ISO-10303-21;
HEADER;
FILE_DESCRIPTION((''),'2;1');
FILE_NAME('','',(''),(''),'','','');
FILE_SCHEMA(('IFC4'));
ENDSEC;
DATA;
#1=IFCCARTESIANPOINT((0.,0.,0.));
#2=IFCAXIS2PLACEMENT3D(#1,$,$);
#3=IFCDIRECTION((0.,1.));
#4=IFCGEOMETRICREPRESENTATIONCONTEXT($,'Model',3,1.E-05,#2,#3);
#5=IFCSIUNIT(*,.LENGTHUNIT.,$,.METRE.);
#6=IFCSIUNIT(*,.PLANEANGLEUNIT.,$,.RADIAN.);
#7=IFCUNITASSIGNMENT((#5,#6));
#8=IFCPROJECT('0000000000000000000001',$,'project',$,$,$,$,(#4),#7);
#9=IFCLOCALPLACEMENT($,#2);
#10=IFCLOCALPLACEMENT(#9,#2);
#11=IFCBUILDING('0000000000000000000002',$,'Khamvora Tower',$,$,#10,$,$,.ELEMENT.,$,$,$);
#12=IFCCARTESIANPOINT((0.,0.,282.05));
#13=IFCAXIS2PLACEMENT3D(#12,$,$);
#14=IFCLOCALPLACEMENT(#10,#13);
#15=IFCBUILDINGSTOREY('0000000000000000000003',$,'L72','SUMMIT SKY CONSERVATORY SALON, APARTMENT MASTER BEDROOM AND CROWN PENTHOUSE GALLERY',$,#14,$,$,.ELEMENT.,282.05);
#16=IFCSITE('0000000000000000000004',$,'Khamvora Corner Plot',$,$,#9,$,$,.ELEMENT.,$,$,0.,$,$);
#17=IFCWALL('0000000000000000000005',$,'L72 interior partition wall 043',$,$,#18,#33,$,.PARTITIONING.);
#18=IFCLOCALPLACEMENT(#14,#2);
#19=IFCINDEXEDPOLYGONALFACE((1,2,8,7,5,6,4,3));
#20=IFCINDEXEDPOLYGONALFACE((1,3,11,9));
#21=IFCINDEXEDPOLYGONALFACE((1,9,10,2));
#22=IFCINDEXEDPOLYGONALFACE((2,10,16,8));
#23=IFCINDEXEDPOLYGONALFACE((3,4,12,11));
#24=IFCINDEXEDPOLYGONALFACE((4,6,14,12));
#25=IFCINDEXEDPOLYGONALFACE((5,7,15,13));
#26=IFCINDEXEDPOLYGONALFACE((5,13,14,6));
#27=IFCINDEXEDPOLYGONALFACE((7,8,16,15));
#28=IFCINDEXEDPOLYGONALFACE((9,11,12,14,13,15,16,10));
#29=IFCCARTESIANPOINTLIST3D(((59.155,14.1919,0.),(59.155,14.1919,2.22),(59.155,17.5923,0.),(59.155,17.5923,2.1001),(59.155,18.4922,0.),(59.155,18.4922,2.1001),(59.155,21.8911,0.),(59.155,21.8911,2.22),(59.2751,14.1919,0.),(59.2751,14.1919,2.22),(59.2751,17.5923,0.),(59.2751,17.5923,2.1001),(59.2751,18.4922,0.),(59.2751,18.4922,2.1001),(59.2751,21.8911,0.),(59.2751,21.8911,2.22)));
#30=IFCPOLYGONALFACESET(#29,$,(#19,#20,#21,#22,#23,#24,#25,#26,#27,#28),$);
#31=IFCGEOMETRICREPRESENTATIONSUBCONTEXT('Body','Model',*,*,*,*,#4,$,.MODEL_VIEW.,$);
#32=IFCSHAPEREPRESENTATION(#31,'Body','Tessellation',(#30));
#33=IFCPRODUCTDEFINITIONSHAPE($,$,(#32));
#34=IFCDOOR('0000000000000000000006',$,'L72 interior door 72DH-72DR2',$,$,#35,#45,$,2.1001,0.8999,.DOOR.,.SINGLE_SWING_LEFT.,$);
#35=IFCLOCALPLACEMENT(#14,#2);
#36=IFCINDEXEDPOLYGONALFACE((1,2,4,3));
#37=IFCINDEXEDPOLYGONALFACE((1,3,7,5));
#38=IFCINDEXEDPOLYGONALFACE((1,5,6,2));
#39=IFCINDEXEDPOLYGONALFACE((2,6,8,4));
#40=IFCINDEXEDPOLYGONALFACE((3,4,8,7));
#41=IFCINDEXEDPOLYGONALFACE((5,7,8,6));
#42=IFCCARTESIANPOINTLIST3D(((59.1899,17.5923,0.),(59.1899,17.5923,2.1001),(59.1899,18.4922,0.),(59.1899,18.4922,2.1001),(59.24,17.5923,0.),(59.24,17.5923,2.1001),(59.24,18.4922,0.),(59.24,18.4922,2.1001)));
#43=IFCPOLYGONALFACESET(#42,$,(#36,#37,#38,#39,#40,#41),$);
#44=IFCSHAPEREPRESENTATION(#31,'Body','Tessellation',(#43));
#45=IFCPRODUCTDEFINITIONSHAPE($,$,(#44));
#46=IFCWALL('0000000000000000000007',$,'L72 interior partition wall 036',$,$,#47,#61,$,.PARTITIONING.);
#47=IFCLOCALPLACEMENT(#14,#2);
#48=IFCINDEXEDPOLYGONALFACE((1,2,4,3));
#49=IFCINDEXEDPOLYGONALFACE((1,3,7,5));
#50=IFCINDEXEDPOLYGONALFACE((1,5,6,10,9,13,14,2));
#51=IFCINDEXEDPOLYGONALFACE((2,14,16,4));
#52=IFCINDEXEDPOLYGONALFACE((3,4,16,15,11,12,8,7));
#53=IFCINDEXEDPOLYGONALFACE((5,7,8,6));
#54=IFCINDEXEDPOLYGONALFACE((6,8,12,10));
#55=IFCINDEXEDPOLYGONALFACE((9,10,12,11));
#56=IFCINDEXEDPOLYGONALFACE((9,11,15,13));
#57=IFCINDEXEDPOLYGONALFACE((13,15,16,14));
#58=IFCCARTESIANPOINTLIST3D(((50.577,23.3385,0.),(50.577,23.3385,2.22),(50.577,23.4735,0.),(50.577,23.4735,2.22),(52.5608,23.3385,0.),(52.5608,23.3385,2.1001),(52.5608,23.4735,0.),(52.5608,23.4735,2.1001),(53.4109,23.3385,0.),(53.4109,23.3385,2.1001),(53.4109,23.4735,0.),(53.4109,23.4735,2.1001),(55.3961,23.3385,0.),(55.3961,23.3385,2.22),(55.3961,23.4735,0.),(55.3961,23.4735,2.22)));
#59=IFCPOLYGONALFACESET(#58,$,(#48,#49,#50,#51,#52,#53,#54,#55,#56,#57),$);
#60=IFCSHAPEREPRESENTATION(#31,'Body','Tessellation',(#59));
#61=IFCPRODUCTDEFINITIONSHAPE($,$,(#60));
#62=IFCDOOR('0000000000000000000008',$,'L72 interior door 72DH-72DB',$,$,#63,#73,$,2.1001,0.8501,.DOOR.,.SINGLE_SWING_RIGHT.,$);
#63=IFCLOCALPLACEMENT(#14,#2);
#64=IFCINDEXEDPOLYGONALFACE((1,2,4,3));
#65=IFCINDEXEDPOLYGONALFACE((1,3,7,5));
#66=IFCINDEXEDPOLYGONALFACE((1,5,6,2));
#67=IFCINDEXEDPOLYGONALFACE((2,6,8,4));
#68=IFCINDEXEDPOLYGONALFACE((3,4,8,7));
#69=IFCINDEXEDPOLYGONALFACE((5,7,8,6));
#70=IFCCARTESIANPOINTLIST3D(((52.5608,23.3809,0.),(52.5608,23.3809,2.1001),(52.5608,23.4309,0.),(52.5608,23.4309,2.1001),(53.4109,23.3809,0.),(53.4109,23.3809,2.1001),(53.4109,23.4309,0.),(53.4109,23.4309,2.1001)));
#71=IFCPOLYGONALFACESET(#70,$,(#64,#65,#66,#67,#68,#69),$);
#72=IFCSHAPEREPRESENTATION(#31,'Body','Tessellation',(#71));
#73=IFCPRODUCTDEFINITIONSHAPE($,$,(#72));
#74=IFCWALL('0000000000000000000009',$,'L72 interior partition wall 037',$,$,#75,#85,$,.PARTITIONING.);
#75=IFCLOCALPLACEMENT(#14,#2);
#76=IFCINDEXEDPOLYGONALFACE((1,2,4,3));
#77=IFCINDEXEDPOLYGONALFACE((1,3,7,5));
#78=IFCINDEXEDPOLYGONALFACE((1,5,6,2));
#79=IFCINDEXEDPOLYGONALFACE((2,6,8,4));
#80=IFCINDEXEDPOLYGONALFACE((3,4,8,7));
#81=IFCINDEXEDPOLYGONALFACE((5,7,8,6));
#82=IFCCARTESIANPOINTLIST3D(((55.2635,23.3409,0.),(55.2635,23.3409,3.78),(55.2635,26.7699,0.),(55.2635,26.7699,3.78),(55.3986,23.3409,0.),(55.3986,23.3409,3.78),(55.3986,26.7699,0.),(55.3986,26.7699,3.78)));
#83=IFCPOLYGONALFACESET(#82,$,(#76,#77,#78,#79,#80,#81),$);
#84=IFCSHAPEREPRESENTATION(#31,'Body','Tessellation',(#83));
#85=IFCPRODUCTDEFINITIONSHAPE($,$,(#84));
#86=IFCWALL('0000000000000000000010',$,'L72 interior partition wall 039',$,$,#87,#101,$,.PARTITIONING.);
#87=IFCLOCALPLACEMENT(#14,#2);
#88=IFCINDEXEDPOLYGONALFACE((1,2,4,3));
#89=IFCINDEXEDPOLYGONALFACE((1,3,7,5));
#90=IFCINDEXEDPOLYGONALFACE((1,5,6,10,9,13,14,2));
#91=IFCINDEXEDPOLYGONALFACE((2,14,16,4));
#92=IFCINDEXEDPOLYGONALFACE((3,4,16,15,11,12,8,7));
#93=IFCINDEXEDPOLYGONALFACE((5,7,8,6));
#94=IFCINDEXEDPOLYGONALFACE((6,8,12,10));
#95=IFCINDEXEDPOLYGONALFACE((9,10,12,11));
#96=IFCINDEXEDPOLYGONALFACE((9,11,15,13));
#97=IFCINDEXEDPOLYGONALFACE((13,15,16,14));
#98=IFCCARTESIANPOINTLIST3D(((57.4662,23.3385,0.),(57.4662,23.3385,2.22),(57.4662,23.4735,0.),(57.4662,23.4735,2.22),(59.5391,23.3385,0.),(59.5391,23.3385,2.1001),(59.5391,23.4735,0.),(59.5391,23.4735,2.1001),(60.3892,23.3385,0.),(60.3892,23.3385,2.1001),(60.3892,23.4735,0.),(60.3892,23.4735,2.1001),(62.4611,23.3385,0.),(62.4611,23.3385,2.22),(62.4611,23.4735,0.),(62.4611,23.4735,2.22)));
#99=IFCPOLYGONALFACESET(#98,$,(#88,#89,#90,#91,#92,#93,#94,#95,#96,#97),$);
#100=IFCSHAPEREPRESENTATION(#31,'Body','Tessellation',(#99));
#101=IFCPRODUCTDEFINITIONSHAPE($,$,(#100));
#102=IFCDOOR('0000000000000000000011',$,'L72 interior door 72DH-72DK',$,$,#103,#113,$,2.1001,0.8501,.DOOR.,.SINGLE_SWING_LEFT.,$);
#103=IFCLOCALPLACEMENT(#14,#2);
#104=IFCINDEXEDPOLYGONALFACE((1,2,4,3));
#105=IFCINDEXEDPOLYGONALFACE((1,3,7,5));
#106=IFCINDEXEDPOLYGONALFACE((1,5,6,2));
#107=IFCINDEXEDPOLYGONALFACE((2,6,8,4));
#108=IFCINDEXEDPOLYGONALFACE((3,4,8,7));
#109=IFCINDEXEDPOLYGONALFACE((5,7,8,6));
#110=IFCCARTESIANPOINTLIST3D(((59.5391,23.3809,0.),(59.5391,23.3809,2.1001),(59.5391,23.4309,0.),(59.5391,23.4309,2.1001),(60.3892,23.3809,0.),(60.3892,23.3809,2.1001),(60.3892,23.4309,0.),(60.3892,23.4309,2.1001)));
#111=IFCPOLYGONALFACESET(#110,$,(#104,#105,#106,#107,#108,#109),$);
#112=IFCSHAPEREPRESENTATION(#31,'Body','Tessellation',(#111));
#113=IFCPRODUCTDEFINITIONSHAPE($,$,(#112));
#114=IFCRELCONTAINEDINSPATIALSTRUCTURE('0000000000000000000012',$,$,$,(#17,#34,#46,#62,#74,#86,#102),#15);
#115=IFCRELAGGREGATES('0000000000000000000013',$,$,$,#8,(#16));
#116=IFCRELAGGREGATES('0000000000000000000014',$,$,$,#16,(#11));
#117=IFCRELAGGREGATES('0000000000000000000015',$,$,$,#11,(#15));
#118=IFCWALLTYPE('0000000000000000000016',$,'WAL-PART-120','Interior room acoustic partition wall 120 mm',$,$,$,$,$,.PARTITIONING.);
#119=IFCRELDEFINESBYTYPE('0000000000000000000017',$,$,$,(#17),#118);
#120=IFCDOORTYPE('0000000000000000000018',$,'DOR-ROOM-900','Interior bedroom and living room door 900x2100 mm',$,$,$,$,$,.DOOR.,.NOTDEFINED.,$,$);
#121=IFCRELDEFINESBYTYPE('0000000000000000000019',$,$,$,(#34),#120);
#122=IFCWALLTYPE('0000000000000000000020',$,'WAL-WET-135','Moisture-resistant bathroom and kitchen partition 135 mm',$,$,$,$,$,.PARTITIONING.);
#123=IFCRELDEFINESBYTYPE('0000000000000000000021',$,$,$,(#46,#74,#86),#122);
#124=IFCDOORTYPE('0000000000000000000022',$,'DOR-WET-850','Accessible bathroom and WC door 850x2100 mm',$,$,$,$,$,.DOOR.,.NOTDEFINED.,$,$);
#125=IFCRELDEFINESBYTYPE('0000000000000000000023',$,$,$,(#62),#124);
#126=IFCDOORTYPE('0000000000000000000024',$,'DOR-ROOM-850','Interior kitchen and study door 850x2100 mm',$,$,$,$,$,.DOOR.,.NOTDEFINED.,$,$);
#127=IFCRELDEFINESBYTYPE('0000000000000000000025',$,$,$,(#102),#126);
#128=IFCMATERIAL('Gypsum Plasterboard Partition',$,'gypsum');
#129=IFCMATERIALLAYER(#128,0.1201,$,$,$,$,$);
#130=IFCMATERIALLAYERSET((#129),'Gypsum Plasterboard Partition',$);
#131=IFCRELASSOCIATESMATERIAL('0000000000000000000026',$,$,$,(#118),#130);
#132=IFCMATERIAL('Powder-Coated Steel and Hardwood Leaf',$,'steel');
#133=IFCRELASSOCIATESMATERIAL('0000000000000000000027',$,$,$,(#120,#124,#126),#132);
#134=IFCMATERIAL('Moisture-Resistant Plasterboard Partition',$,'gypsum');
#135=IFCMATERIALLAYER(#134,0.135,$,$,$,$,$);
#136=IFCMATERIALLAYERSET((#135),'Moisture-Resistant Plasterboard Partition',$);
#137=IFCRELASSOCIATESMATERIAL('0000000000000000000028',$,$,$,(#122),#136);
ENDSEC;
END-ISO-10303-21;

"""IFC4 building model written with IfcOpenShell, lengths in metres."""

from ifc_helpers import new_model, si_unit, direction, frame, frame_2d, origin, place, context, subcontext, project, spatial, rectangle, extrude, material, layer, layer_set, type_object, element, fill, save


model = new_model("IFC4")

# Units and contexts
model_context = context("Model", 3, precision=1e-05, world=origin(), true_north=direction((0.0, 1.0)))
body_context = subcontext(model_context, "Body", "Model", "MODEL_VIEW")
ifc_project = project(units=[si_unit("LENGTHUNIT", "METRE"), si_unit("PLANEANGLEUNIT", "RADIAN")], contexts=[model_context])

# Site, building, storey
site_placement = place(None, origin())
site = spatial("IfcSite", under=ifc_project, at=site_placement, Name="Khamvora Corner Plot", CompositionType="ELEMENT", RefElevation=0.0)
building_placement = place(site_placement, origin())
building = spatial("IfcBuilding", under=site, at=building_placement, Name="Khamvora Tower", CompositionType="ELEMENT")
storey_placement = place(building_placement, frame((0.0, 0.0, 282.05)))
storey = spatial("IfcBuildingStorey", under=building, at=storey_placement, Name="L72", Description="SUMMIT SKY CONSERVATORY SALON, APARTMENT MASTER BEDROOM AND CROWN PENTHOUSE GALLERY", CompositionType="ELEMENT", Elevation=282.05)

# Shared definitions
ifc_material_1 = material(Name="Gypsum Plasterboard Partition", Category="gypsum")
ifc_layer_1 = layer(ifc_material_1, 0.1201)
ifc_layer_set_1 = layer_set([ifc_layer_1], Name="Gypsum Plasterboard Partition")
wall_type_1 = type_object("IfcWallType", Name="WAL-PART-120", Description="Interior room acoustic partition wall 120 mm", PredefinedType="PARTITIONING", material=ifc_layer_set_1)
ifc_material_2 = material(Name="Powder-Coated Steel and Hardwood Leaf", Category="steel")
door_type_1 = type_object("IfcDoorType", Name="DOR-ROOM-900", Description="Interior bedroom and living room door 900x2100 mm", OperationType="NOTDEFINED", PredefinedType="DOOR", material=ifc_material_2)

# Walls, openings, doors
wall_1_placement = place(storey_placement, frame((59.2151, 21.8911, 0.0), z_axis=(0.0, 0.0, 1.0), x_axis=(0.0, -1.0, 0.0)))
wall_1 = element("IfcWall", 1, at=wall_1_placement, inside=storey, type_object=wall_type_1, Name="L72 interior partition wall 043", PredefinedType="PARTITIONING", context=body_context, shape_type="SweptSolid", body=[
    extrude(rectangle(XDim=7.6992, YDim=0.1201, at=frame_2d((3.8496, 0.0))), origin(), (0.0, 0.0, 1.0), 2.22),
])
opening_1_placement = place(wall_1_placement, frame((3.3989, 0.0, 0.0)))
opening_1 = element("IfcOpeningElement", 2, at=opening_1_placement, cuts=wall_1, PredefinedType="OPENING", context=body_context, shape_type="SweptSolid", body=[
    extrude(rectangle(XDim=0.8999, YDim=2.1001, at=frame_2d((0.45, 1.05))), frame((0.0, 0.0701, 0.0), z_axis=(0.0, -1.0, 0.0), x_axis=(1.0, 0.0, 0.0)), (0.0, 0.0, 1.0), 0.1401),
])
door_1_placement = place(opening_1_placement, origin())
door_1 = element("IfcDoor", 3, at=door_1_placement, inside=storey, type_object=door_type_1, Name="L72 interior door 72DH-72DR2", OperationType="SINGLE_SWING_LEFT", OverallHeight=2.1001, OverallWidth=0.8999, PredefinedType="DOOR", context=body_context, shape_type="SweptSolid", body=[
    extrude(rectangle(XDim=0.8999, YDim=2.1001, at=frame_2d((0.45, 1.05))), frame((0.0, 0.0249, 0.0), z_axis=(0.0, -1.0, 0.0), x_axis=(1.0, 0.0, 0.0)), (0.0, 0.0, 1.0), 0.05),
])
fill(opening_1, door_1)
ifc_material_3 = material(Name="Moisture-Resistant Plasterboard Partition", Category="gypsum")
ifc_layer_2 = layer(ifc_material_3, 0.135)
ifc_layer_set_2 = layer_set([ifc_layer_2], Name="Moisture-Resistant Plasterboard Partition")
wall_type_2 = type_object("IfcWallType", Name="WAL-WET-135", Description="Moisture-resistant bathroom and kitchen partition 135 mm", PredefinedType="PARTITIONING", material=ifc_layer_set_2)
wall_2_placement = place(storey_placement, frame((50.5769, 23.406, 0.0), z_axis=(0.0, 0.0, 1.0), x_axis=(1.0, 0.0, 0.0)))
wall_2 = element("IfcWall", 4, at=wall_2_placement, inside=storey, type_object=wall_type_2, Name="L72 interior partition wall 036", PredefinedType="PARTITIONING", context=body_context, shape_type="SweptSolid", body=[
    extrude(rectangle(XDim=4.8191, YDim=0.135, at=frame_2d((2.4097, 0.0))), origin(), (0.0, 0.0, 1.0), 2.22),
])
opening_2_placement = place(wall_2_placement, frame((1.9839, 0.0, 0.0)))
opening_2 = element("IfcOpeningElement", 5, at=opening_2_placement, cuts=wall_2, PredefinedType="OPENING", context=body_context, shape_type="SweptSolid", body=[
    extrude(rectangle(XDim=0.8501, YDim=2.1001, at=frame_2d((0.425, 1.05))), frame((0.0, 0.0774, 0.0), z_axis=(0.0, -1.0, 0.0), x_axis=(1.0, 0.0, 0.0)), (0.0, 0.0, 1.0), 0.155),
])
door_type_2 = type_object("IfcDoorType", Name="DOR-WET-850", Description="Accessible bathroom and WC door 850x2100 mm", OperationType="NOTDEFINED", PredefinedType="DOOR", material=ifc_material_2)
door_2_placement = place(opening_2_placement, origin())
door_2 = element("IfcDoor", 6, at=door_2_placement, inside=storey, type_object=door_type_2, Name="L72 interior door 72DH-72DB", OperationType="SINGLE_SWING_RIGHT", OverallHeight=2.1001, OverallWidth=0.8501, PredefinedType="DOOR", context=body_context, shape_type="SweptSolid", body=[
    extrude(rectangle(XDim=0.8501, YDim=2.1001, at=frame_2d((0.425, 1.05))), frame((0.0, 0.0249, 0.0), z_axis=(0.0, -1.0, 0.0), x_axis=(1.0, 0.0, 0.0)), (0.0, 0.0, 1.0), 0.05),
])
fill(opening_2, door_2)

# Wall
wall_3_placement = place(storey_placement, frame((55.3311, 23.3411, 0.0), z_axis=(0.0, 0.0, 1.0), x_axis=(0.0, 1.0, 0.0)))
element("IfcWall", 7, at=wall_3_placement, inside=storey, type_object=wall_type_2, Name="L72 interior partition wall 037", PredefinedType="PARTITIONING", context=body_context, shape_type="SweptSolid", body=[
    extrude(rectangle(XDim=3.429, YDim=0.135, at=frame_2d((1.7144, 0.0))), origin(), (0.0, 0.0, 1.0), 3.78),
])

# Wall, opening, door
wall_4_placement = place(storey_placement, frame((57.4661, 23.406, 0.0), z_axis=(0.0, 0.0, 1.0), x_axis=(1.0, 0.0, 0.0)))
wall_4 = element("IfcWall", 8, at=wall_4_placement, inside=storey, type_object=wall_type_2, Name="L72 interior partition wall 039", PredefinedType="PARTITIONING", context=body_context, shape_type="SweptSolid", body=[
    extrude(rectangle(XDim=4.9949, YDim=0.135, at=frame_2d((2.4976, 0.0))), origin(), (0.0, 0.0, 1.0), 2.22),
])
opening_3_placement = place(wall_4_placement, frame((2.073, 0.0, 0.0)))
opening_3 = element("IfcOpeningElement", 9, at=opening_3_placement, cuts=wall_4, PredefinedType="OPENING", context=body_context, shape_type="SweptSolid", body=[
    extrude(rectangle(XDim=0.8501, YDim=2.1001, at=frame_2d((0.425, 1.05))), frame((0.0, 0.0774, 0.0), z_axis=(0.0, -1.0, 0.0), x_axis=(1.0, 0.0, 0.0)), (0.0, 0.0, 1.0), 0.155),
])
door_type_3 = type_object("IfcDoorType", Name="DOR-ROOM-850", Description="Interior kitchen and study door 850x2100 mm", OperationType="NOTDEFINED", PredefinedType="DOOR", material=ifc_material_2)
door_3_placement = place(opening_3_placement, origin())
door_3 = element("IfcDoor", 10, at=door_3_placement, inside=storey, type_object=door_type_3, Name="L72 interior door 72DH-72DK", OperationType="SINGLE_SWING_LEFT", OverallHeight=2.1001, OverallWidth=0.8501, PredefinedType="DOOR", context=body_context, shape_type="SweptSolid", body=[
    extrude(rectangle(XDim=0.8501, YDim=2.1001, at=frame_2d((0.425, 1.05))), frame((0.0, 0.0249, 0.0), z_axis=(0.0, -1.0, 0.0), x_axis=(1.0, 0.0, 0.0)), (0.0, 0.0, 1.0), 0.05),
])
fill(opening_3, door_3)

save(model, "model.ifc")
